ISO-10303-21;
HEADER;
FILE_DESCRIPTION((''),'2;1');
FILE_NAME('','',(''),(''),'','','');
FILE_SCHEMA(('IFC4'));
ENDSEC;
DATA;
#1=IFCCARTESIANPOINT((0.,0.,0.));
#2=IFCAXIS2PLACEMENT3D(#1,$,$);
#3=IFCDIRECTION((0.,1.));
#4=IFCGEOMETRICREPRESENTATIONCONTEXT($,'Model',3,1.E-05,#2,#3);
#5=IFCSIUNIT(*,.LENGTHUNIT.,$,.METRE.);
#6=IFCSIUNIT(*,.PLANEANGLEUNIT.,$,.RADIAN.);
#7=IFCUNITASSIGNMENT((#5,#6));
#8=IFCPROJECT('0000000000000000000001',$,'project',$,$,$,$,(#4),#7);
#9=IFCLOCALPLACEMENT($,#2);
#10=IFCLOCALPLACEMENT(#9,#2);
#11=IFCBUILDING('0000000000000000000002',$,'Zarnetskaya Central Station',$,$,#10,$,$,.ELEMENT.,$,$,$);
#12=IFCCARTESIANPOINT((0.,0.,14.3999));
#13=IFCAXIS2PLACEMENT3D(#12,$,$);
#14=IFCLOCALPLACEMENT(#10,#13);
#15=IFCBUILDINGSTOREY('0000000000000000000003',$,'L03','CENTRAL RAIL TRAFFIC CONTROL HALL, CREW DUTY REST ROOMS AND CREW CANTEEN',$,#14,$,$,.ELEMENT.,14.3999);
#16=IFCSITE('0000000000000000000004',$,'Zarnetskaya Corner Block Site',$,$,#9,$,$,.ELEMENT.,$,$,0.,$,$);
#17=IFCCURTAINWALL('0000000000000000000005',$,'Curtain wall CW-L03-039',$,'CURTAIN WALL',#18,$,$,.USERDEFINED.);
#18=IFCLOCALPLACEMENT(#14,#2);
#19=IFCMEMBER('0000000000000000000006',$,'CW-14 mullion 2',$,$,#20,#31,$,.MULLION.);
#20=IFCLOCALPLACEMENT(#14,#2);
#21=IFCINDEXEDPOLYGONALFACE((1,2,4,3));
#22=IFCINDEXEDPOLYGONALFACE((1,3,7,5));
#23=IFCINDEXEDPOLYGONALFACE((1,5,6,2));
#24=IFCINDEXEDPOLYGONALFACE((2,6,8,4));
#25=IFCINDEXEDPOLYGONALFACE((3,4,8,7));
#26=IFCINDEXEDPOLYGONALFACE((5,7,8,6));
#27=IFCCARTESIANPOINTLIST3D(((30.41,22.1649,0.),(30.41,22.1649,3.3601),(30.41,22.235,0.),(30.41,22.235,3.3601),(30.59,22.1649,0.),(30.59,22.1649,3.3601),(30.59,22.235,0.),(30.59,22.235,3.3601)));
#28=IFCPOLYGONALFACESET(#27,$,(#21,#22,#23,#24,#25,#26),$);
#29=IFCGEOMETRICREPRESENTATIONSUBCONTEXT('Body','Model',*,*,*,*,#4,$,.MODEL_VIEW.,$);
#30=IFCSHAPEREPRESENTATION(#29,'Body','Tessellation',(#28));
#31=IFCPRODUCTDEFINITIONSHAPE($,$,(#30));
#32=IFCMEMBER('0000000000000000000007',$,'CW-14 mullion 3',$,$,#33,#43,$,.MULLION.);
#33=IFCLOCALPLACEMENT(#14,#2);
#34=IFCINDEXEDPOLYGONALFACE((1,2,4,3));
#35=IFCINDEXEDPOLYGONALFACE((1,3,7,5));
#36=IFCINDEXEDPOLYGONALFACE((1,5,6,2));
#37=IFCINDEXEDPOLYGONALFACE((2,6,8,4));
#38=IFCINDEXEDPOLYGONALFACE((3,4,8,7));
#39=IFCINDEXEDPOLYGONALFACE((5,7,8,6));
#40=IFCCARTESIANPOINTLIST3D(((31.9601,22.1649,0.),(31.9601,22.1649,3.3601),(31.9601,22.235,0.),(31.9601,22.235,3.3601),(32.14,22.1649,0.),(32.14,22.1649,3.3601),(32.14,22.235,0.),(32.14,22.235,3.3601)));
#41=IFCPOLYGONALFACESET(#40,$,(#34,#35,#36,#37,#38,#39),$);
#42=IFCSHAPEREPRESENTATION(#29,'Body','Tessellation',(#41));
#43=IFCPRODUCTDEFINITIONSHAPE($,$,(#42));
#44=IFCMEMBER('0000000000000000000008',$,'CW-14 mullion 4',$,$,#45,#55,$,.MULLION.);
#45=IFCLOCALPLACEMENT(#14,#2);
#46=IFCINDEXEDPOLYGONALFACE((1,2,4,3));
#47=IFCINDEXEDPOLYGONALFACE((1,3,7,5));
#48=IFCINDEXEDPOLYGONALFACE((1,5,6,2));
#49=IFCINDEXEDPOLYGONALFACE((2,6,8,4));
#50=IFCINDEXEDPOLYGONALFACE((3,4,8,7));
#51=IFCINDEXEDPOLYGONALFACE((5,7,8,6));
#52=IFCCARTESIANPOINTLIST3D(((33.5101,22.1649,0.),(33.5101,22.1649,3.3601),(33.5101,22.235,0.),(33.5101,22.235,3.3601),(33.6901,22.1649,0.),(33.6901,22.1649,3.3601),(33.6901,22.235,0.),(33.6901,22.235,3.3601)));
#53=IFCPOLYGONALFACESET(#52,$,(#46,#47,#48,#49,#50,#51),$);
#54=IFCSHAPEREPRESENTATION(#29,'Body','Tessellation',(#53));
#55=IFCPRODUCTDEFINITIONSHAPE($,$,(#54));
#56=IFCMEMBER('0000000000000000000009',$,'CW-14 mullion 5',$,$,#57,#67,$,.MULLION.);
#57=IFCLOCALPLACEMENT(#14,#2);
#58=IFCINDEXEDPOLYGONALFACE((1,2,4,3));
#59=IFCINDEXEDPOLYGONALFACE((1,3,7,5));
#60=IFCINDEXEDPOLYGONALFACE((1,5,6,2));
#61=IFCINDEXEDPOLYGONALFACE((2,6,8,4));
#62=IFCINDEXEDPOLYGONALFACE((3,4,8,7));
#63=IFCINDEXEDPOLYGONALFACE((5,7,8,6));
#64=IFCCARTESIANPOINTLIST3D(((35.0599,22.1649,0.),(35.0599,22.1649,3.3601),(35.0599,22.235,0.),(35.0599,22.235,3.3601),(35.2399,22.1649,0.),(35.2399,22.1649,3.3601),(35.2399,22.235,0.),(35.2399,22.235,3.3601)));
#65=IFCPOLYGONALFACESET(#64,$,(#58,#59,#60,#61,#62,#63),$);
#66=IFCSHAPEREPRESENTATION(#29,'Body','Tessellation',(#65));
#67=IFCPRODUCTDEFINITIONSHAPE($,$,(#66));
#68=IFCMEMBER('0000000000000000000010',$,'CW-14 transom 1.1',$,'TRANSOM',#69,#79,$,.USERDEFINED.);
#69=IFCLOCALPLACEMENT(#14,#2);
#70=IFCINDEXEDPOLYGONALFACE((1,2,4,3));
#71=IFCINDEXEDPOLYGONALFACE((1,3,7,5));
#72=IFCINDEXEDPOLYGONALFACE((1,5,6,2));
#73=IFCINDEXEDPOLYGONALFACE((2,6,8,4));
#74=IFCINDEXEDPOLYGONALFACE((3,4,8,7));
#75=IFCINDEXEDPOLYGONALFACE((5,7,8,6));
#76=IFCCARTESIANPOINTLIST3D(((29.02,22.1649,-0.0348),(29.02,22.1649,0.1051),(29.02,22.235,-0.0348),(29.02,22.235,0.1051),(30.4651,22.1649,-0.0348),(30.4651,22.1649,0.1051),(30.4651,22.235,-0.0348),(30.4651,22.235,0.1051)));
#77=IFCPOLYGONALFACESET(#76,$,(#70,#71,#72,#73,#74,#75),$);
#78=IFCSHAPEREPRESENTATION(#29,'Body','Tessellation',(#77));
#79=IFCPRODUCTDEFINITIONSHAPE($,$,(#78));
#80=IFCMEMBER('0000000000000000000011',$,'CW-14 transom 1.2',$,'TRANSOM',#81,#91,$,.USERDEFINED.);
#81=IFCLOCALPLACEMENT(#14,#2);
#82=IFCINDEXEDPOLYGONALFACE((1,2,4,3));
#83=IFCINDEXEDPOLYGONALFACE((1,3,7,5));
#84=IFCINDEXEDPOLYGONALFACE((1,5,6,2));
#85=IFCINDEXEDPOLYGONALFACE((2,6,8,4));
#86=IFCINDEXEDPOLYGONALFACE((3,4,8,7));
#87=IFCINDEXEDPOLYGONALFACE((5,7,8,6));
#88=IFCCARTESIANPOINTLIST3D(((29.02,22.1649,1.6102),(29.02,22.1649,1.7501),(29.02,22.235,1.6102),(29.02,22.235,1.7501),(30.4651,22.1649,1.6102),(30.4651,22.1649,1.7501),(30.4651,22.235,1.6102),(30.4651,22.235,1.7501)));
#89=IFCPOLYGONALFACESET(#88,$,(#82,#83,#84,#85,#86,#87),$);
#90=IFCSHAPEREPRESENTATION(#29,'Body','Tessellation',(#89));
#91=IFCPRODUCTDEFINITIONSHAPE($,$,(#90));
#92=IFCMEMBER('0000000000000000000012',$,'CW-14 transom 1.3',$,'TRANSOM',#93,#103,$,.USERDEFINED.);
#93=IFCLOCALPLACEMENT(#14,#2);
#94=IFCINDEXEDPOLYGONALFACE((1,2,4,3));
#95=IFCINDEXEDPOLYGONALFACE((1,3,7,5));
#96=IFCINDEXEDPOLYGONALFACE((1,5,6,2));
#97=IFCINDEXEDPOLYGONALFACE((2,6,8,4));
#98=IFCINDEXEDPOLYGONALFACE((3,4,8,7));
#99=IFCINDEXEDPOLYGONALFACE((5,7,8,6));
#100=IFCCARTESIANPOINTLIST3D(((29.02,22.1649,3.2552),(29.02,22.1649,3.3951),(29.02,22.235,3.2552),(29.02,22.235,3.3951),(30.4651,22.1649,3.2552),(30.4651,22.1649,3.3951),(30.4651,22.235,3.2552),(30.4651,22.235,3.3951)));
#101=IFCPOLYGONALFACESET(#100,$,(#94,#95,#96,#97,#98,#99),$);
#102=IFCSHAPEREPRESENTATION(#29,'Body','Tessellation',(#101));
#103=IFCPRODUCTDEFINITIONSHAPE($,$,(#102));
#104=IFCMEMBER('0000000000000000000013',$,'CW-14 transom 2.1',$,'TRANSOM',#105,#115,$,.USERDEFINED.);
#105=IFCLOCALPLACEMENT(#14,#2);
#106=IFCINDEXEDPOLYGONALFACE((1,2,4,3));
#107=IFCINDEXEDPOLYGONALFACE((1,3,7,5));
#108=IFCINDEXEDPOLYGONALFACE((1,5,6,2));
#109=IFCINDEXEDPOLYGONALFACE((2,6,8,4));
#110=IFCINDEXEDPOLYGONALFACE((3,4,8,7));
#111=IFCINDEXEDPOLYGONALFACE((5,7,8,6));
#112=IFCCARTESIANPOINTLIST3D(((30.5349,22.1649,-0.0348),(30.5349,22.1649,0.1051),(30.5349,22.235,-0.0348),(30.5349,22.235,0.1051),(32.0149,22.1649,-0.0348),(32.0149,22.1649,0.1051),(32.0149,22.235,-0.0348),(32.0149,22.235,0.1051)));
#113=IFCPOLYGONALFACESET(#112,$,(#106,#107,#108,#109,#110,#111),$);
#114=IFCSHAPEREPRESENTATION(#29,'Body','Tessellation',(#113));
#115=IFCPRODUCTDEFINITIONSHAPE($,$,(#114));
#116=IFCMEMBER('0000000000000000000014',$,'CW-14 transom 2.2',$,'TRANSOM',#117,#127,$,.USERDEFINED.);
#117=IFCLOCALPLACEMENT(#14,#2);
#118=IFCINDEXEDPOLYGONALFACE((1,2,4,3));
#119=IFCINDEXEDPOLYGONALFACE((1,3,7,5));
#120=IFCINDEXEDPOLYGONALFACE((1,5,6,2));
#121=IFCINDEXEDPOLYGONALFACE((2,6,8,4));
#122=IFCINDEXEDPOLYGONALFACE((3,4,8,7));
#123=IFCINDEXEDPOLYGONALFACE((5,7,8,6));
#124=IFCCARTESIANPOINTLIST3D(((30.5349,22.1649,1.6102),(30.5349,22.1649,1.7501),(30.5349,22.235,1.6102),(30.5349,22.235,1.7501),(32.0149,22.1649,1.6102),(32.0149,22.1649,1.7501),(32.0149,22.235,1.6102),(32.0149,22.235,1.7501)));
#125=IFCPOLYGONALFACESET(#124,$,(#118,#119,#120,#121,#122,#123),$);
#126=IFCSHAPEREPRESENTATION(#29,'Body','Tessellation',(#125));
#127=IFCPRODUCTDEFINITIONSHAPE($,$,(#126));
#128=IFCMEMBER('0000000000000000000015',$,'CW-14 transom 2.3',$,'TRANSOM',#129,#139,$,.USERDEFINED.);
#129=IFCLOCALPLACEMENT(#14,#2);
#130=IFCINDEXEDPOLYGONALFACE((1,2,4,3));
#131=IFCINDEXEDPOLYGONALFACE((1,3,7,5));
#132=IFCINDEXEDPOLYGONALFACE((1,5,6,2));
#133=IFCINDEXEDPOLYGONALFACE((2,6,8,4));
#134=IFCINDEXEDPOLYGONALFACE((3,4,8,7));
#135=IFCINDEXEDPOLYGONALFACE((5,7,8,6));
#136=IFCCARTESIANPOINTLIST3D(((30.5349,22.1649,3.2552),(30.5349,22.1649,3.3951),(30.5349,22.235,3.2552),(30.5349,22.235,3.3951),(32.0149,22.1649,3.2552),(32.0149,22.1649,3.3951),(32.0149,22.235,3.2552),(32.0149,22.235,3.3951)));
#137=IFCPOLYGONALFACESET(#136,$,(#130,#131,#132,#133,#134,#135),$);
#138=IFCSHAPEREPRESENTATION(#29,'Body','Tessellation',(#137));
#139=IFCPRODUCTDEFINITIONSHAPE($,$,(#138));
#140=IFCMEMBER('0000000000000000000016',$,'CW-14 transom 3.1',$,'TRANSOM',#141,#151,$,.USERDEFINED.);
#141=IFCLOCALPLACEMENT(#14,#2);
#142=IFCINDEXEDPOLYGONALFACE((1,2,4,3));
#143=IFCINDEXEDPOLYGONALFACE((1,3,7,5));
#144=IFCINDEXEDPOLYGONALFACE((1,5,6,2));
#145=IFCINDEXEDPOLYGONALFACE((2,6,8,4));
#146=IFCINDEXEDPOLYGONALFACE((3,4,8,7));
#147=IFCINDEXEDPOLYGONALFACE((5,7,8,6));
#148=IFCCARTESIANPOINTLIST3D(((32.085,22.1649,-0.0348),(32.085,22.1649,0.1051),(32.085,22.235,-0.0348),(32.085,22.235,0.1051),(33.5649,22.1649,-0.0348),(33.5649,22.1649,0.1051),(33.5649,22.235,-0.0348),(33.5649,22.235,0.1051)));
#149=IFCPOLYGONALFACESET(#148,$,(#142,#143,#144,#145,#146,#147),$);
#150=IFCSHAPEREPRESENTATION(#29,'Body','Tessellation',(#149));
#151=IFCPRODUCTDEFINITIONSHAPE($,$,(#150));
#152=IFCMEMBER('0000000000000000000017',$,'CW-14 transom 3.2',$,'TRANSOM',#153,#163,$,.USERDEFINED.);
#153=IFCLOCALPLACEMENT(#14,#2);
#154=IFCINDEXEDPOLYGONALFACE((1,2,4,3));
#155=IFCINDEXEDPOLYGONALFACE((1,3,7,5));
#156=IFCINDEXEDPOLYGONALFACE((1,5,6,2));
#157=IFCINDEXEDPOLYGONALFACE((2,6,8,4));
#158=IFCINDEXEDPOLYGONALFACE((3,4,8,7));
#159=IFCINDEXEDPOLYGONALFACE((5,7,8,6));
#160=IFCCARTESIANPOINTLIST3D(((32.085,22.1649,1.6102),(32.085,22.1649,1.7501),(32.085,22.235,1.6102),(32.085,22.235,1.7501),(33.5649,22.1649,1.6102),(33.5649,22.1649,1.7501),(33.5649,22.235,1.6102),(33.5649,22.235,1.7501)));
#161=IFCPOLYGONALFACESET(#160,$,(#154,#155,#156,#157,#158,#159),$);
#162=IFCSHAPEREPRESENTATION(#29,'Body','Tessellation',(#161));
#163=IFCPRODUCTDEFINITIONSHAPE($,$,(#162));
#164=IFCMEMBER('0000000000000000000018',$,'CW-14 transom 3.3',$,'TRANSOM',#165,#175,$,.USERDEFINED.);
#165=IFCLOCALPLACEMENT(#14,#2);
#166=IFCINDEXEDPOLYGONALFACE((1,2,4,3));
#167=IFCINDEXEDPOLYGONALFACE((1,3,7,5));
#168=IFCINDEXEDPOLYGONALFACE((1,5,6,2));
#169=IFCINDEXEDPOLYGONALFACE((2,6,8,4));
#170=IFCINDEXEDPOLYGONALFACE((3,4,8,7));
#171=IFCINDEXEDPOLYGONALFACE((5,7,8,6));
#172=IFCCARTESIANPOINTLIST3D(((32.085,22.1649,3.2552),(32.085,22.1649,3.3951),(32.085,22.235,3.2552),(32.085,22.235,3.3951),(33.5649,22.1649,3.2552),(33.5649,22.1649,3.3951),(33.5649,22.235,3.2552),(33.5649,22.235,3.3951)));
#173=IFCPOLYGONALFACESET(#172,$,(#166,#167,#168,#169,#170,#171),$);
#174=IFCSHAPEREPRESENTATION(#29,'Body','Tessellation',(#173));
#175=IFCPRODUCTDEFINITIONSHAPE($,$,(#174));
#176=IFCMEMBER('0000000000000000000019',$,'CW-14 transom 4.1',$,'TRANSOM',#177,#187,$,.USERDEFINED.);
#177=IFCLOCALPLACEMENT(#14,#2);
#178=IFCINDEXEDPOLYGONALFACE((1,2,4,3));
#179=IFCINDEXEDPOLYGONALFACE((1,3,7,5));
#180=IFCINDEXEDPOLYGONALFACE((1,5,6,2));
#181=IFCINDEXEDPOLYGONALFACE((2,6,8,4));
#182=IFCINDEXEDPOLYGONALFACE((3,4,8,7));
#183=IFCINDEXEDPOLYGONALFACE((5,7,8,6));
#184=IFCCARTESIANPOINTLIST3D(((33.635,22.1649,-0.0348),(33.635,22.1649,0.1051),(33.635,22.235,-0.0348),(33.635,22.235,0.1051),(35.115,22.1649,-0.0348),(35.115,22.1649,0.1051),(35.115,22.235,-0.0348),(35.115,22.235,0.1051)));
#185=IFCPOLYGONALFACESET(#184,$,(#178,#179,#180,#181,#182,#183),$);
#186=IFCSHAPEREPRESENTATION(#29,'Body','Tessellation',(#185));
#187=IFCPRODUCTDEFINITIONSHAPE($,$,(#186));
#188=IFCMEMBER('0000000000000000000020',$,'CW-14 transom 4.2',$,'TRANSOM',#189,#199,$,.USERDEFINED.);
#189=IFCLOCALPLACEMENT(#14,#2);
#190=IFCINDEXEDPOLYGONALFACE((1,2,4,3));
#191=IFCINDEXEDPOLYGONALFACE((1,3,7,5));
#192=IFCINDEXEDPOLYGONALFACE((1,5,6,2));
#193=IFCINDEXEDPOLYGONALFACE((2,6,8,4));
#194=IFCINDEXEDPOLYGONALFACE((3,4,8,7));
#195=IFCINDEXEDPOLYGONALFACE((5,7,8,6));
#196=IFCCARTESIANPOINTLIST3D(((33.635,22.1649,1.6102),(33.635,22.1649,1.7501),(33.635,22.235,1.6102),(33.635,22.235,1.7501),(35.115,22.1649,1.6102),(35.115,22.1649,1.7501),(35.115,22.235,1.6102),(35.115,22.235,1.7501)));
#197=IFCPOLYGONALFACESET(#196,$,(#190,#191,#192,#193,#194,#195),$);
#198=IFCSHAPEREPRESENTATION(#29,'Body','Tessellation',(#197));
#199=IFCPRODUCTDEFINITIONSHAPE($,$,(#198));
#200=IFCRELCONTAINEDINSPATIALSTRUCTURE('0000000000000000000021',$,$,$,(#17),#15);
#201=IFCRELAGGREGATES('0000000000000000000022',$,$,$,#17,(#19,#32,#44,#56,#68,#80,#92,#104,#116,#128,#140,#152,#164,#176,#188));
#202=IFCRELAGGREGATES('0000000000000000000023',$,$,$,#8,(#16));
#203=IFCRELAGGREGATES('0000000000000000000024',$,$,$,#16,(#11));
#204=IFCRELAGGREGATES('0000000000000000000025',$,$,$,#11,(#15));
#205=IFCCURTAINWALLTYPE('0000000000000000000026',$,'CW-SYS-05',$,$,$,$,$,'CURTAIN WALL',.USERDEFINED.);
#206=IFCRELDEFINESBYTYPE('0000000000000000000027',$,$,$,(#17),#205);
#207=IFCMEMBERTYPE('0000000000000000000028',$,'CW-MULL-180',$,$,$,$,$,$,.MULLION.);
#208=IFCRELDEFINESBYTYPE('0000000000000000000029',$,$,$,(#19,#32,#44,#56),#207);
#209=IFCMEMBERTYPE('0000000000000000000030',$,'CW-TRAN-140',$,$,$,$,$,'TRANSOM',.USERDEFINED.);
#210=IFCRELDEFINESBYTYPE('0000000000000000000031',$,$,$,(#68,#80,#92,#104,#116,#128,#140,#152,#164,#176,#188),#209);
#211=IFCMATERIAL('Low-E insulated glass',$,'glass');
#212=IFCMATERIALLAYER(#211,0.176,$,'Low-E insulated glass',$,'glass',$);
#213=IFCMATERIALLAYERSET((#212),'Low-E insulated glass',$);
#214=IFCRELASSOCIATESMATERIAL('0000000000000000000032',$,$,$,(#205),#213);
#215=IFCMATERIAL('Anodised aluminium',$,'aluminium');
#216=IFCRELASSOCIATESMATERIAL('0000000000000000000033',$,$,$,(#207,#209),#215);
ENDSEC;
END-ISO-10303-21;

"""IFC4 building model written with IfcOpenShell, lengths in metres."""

from ifc_helpers import new_model, si_unit, direction, frame, origin, origin_2d, place, context, subcontext, project, spatial, rectangle, extrude, material, layer, layer_set, material_profile, profile_set, type_object, element, aggregate, save


model = new_model("IFC4")

# Units and contexts
model_context = context("Model", 3, precision=1e-05, world=origin(), true_north=direction((0.0, 1.0)))
body_context = subcontext(model_context, "Body", "Model", "MODEL_VIEW")
ifc_project = project(units=[si_unit("LENGTHUNIT", "METRE"), si_unit("PLANEANGLEUNIT", "RADIAN")], contexts=[model_context])

# Site, building, storey
site_placement = place(None, origin())
site = spatial("IfcSite", under=ifc_project, at=site_placement, Name="Zarnetskaya Corner Block Site", CompositionType="ELEMENT", RefElevation=0.0)
building_placement = place(site_placement, origin())
building = spatial("IfcBuilding", under=site, at=building_placement, Name="Zarnetskaya Central Station", CompositionType="ELEMENT")
storey_placement = place(building_placement, frame((0.0, 0.0, 14.3999)))
storey = spatial("IfcBuildingStorey", under=building, at=storey_placement, Name="L03", Description="CENTRAL RAIL TRAFFIC CONTROL HALL, CREW DUTY REST ROOMS AND CREW CANTEEN", CompositionType="ELEMENT", Elevation=14.3999)

# Curtain wall, members
ifc_material_1 = material(Name="Low-E insulated glass", Category="glass")
ifc_layer_1 = layer(ifc_material_1, 0.176, Name="Low-E insulated glass", Category="glass")
ifc_layer_set_1 = layer_set([ifc_layer_1], Name="Low-E insulated glass")
curtain_wall_type = type_object("IfcCurtainWallType", Name="CW-SYS-05", ElementType="CURTAIN WALL", PredefinedType="USERDEFINED", material=ifc_layer_set_1)
curtain_wall_placement = place(storey_placement, origin())
curtain_wall = element("IfcCurtainWall", 1, at=curtain_wall_placement, inside=storey, type_object=curtain_wall_type, Name="Curtain wall CW-L03-039", ObjectType="CURTAIN WALL", PredefinedType="USERDEFINED")
ifc_material_2 = material(Name="Anodised aluminium", Category="aluminium")
ifc_material_profile_1 = material_profile(ifc_material_2, rectangle(XDim=0.0701, YDim=0.1799, at=origin_2d()), Name="ALU MULL 70x180")
ifc_profile_set_1 = profile_set([ifc_material_profile_1], Name="Anodised aluminium")
member_type_1 = type_object("IfcMemberType", Name="CW-MULL-180", PredefinedType="MULLION", material=ifc_profile_set_1)
member_1_placement = place(storey_placement, frame((30.5, 22.2, 0.0), z_axis=(0.0, 0.0, 1.0), x_axis=(0.0, 1.0, 0.0)))
member_1 = element("IfcMember", 2, at=member_1_placement, type_object=member_type_1, Name="CW-14 mullion 2", PredefinedType="MULLION", context=body_context, shape_type="SweptSolid", body=[
    extrude(rectangle(XDim=0.0701, YDim=0.1799, at=origin_2d()), origin(), (0.0, 0.0, 1.0), 3.3601),
])
member_2_placement = place(storey_placement, frame((32.05, 22.2, 0.0), z_axis=(0.0, 0.0, 1.0), x_axis=(0.0, 1.0, 0.0)))
member_2 = element("IfcMember", 3, at=member_2_placement, type_object=member_type_1, Name="CW-14 mullion 3", PredefinedType="MULLION", context=body_context, shape_type="SweptSolid", body=[
    extrude(rectangle(XDim=0.0701, YDim=0.1799, at=origin_2d()), origin(), (0.0, 0.0, 1.0), 3.3601),
])
member_3_placement = place(storey_placement, frame((33.6001, 22.2, 0.0), z_axis=(0.0, 0.0, 1.0), x_axis=(0.0, 1.0, 0.0)))
member_3 = element("IfcMember", 4, at=member_3_placement, type_object=member_type_1, Name="CW-14 mullion 4", PredefinedType="MULLION", context=body_context, shape_type="SweptSolid", body=[
    extrude(rectangle(XDim=0.0701, YDim=0.1799, at=origin_2d()), origin(), (0.0, 0.0, 1.0), 3.3601),
])
member_4_placement = place(storey_placement, frame((35.1499, 22.2, 0.0), z_axis=(0.0, 0.0, 1.0), x_axis=(0.0, 1.0, 0.0)))
member_4 = element("IfcMember", 5, at=member_4_placement, type_object=member_type_1, Name="CW-14 mullion 5", PredefinedType="MULLION", context=body_context, shape_type="SweptSolid", body=[
    extrude(rectangle(XDim=0.0701, YDim=0.1799, at=origin_2d()), origin(), (0.0, 0.0, 1.0), 3.3601),
])
ifc_material_profile_2 = material_profile(ifc_material_2, rectangle(XDim=0.0701, YDim=0.1399, at=origin_2d()), Name="ALU TRAN 70x140")
ifc_profile_set_2 = profile_set([ifc_material_profile_2], Name="Anodised aluminium")
member_type_2 = type_object("IfcMemberType", Name="CW-TRAN-140", ElementType="TRANSOM", PredefinedType="USERDEFINED", material=ifc_profile_set_2)
member_5_placement = place(storey_placement, frame((29.02, 22.2, 0.0352), z_axis=(1.0, 0.0, 0.0), x_axis=(0.0, 1.0, 0.0)))
member_5 = element("IfcMember", 6, at=member_5_placement, type_object=member_type_2, Name="CW-14 transom 1.1", ObjectType="TRANSOM", PredefinedType="USERDEFINED", context=body_context, shape_type="SweptSolid", body=[
    extrude(rectangle(XDim=0.0701, YDim=0.1399, at=origin_2d()), origin(), (0.0, 0.0, 1.0), 1.4451),
])
member_6_placement = place(storey_placement, frame((29.02, 22.2, 1.6802), z_axis=(1.0, 0.0, 0.0), x_axis=(0.0, 1.0, 0.0)))
member_6 = element("IfcMember", 7, at=member_6_placement, type_object=member_type_2, Name="CW-14 transom 1.2", ObjectType="TRANSOM", PredefinedType="USERDEFINED", context=body_context, shape_type="SweptSolid", body=[
    extrude(rectangle(XDim=0.0701, YDim=0.1399, at=origin_2d()), origin(), (0.0, 0.0, 1.0), 1.4451),
])
member_7_placement = place(storey_placement, frame((29.02, 22.2, 3.3252), z_axis=(1.0, 0.0, 0.0), x_axis=(0.0, 1.0, 0.0)))
member_7 = element("IfcMember", 8, at=member_7_placement, type_object=member_type_2, Name="CW-14 transom 1.3", ObjectType="TRANSOM", PredefinedType="USERDEFINED", context=body_context, shape_type="SweptSolid", body=[
    extrude(rectangle(XDim=0.0701, YDim=0.1399, at=origin_2d()), origin(), (0.0, 0.0, 1.0), 1.4451),
])
member_8_placement = place(storey_placement, frame((30.5349, 22.2, 0.0352), z_axis=(1.0, 0.0, 0.0), x_axis=(0.0, 1.0, 0.0)))
member_8 = element("IfcMember", 9, at=member_8_placement, type_object=member_type_2, Name="CW-14 transom 2.1", ObjectType="TRANSOM", PredefinedType="USERDEFINED", context=body_context, shape_type="SweptSolid", body=[
    extrude(rectangle(XDim=0.0701, YDim=0.1399, at=origin_2d()), origin(), (0.0, 0.0, 1.0), 1.48),
])
member_9_placement = place(storey_placement, frame((30.5349, 22.2, 1.6802), z_axis=(1.0, 0.0, 0.0), x_axis=(0.0, 1.0, 0.0)))
member_9 = element("IfcMember", 10, at=member_9_placement, type_object=member_type_2, Name="CW-14 transom 2.2", ObjectType="TRANSOM", PredefinedType="USERDEFINED", context=body_context, shape_type="SweptSolid", body=[
    extrude(rectangle(XDim=0.0701, YDim=0.1399, at=origin_2d()), origin(), (0.0, 0.0, 1.0), 1.48),
])
member_10_placement = place(storey_placement, frame((30.5349, 22.2, 3.3252), z_axis=(1.0, 0.0, 0.0), x_axis=(0.0, 1.0, 0.0)))
member_10 = element("IfcMember", 11, at=member_10_placement, type_object=member_type_2, Name="CW-14 transom 2.3", ObjectType="TRANSOM", PredefinedType="USERDEFINED", context=body_context, shape_type="SweptSolid", body=[
    extrude(rectangle(XDim=0.0701, YDim=0.1399, at=origin_2d()), origin(), (0.0, 0.0, 1.0), 1.48),
])
member_11_placement = place(storey_placement, frame((32.085, 22.2, 0.0352), z_axis=(1.0, 0.0, 0.0), x_axis=(0.0, 1.0, 0.0)))
member_11 = element("IfcMember", 12, at=member_11_placement, type_object=member_type_2, Name="CW-14 transom 3.1", ObjectType="TRANSOM", PredefinedType="USERDEFINED", context=body_context, shape_type="SweptSolid", body=[
    extrude(rectangle(XDim=0.0701, YDim=0.1399, at=origin_2d()), origin(), (0.0, 0.0, 1.0), 1.48),
])
member_12_placement = place(storey_placement, frame((32.085, 22.2, 1.6802), z_axis=(1.0, 0.0, 0.0), x_axis=(0.0, 1.0, 0.0)))
member_12 = element("IfcMember", 13, at=member_12_placement, type_object=member_type_2, Name="CW-14 transom 3.2", ObjectType="TRANSOM", PredefinedType="USERDEFINED", context=body_context, shape_type="SweptSolid", body=[
    extrude(rectangle(XDim=0.0701, YDim=0.1399, at=origin_2d()), origin(), (0.0, 0.0, 1.0), 1.48),
])
member_13_placement = place(storey_placement, frame((32.085, 22.2, 3.3252), z_axis=(1.0, 0.0, 0.0), x_axis=(0.0, 1.0, 0.0)))
member_13 = element("IfcMember", 14, at=member_13_placement, type_object=member_type_2, Name="CW-14 transom 3.3", ObjectType="TRANSOM", PredefinedType="USERDEFINED", context=body_context, shape_type="SweptSolid", body=[
    extrude(rectangle(XDim=0.0701, YDim=0.1399, at=origin_2d()), origin(), (0.0, 0.0, 1.0), 1.48),
])
member_14_placement = place(storey_placement, frame((33.635, 22.2, 0.0352), z_axis=(1.0, 0.0, 0.0), x_axis=(0.0, 1.0, 0.0)))
member_14 = element("IfcMember", 15, at=member_14_placement, type_object=member_type_2, Name="CW-14 transom 4.1", ObjectType="TRANSOM", PredefinedType="USERDEFINED", context=body_context, shape_type="SweptSolid", body=[
    extrude(rectangle(XDim=0.0701, YDim=0.1399, at=origin_2d()), origin(), (0.0, 0.0, 1.0), 1.48),
])
member_15_placement = place(storey_placement, frame((33.635, 22.2, 1.6802), z_axis=(1.0, 0.0, 0.0), x_axis=(0.0, 1.0, 0.0)))
member_15 = element("IfcMember", 16, at=member_15_placement, type_object=member_type_2, Name="CW-14 transom 4.2", ObjectType="TRANSOM", PredefinedType="USERDEFINED", context=body_context, shape_type="SweptSolid", body=[
    extrude(rectangle(XDim=0.0701, YDim=0.1399, at=origin_2d()), origin(), (0.0, 0.0, 1.0), 1.48),
])
aggregate(curtain_wall, [member_1, member_2, member_3, member_4, member_5, member_6, member_7, member_8, member_9, member_10, member_11, member_12, member_13, member_14, member_15])

save(model, "model.ifc")
